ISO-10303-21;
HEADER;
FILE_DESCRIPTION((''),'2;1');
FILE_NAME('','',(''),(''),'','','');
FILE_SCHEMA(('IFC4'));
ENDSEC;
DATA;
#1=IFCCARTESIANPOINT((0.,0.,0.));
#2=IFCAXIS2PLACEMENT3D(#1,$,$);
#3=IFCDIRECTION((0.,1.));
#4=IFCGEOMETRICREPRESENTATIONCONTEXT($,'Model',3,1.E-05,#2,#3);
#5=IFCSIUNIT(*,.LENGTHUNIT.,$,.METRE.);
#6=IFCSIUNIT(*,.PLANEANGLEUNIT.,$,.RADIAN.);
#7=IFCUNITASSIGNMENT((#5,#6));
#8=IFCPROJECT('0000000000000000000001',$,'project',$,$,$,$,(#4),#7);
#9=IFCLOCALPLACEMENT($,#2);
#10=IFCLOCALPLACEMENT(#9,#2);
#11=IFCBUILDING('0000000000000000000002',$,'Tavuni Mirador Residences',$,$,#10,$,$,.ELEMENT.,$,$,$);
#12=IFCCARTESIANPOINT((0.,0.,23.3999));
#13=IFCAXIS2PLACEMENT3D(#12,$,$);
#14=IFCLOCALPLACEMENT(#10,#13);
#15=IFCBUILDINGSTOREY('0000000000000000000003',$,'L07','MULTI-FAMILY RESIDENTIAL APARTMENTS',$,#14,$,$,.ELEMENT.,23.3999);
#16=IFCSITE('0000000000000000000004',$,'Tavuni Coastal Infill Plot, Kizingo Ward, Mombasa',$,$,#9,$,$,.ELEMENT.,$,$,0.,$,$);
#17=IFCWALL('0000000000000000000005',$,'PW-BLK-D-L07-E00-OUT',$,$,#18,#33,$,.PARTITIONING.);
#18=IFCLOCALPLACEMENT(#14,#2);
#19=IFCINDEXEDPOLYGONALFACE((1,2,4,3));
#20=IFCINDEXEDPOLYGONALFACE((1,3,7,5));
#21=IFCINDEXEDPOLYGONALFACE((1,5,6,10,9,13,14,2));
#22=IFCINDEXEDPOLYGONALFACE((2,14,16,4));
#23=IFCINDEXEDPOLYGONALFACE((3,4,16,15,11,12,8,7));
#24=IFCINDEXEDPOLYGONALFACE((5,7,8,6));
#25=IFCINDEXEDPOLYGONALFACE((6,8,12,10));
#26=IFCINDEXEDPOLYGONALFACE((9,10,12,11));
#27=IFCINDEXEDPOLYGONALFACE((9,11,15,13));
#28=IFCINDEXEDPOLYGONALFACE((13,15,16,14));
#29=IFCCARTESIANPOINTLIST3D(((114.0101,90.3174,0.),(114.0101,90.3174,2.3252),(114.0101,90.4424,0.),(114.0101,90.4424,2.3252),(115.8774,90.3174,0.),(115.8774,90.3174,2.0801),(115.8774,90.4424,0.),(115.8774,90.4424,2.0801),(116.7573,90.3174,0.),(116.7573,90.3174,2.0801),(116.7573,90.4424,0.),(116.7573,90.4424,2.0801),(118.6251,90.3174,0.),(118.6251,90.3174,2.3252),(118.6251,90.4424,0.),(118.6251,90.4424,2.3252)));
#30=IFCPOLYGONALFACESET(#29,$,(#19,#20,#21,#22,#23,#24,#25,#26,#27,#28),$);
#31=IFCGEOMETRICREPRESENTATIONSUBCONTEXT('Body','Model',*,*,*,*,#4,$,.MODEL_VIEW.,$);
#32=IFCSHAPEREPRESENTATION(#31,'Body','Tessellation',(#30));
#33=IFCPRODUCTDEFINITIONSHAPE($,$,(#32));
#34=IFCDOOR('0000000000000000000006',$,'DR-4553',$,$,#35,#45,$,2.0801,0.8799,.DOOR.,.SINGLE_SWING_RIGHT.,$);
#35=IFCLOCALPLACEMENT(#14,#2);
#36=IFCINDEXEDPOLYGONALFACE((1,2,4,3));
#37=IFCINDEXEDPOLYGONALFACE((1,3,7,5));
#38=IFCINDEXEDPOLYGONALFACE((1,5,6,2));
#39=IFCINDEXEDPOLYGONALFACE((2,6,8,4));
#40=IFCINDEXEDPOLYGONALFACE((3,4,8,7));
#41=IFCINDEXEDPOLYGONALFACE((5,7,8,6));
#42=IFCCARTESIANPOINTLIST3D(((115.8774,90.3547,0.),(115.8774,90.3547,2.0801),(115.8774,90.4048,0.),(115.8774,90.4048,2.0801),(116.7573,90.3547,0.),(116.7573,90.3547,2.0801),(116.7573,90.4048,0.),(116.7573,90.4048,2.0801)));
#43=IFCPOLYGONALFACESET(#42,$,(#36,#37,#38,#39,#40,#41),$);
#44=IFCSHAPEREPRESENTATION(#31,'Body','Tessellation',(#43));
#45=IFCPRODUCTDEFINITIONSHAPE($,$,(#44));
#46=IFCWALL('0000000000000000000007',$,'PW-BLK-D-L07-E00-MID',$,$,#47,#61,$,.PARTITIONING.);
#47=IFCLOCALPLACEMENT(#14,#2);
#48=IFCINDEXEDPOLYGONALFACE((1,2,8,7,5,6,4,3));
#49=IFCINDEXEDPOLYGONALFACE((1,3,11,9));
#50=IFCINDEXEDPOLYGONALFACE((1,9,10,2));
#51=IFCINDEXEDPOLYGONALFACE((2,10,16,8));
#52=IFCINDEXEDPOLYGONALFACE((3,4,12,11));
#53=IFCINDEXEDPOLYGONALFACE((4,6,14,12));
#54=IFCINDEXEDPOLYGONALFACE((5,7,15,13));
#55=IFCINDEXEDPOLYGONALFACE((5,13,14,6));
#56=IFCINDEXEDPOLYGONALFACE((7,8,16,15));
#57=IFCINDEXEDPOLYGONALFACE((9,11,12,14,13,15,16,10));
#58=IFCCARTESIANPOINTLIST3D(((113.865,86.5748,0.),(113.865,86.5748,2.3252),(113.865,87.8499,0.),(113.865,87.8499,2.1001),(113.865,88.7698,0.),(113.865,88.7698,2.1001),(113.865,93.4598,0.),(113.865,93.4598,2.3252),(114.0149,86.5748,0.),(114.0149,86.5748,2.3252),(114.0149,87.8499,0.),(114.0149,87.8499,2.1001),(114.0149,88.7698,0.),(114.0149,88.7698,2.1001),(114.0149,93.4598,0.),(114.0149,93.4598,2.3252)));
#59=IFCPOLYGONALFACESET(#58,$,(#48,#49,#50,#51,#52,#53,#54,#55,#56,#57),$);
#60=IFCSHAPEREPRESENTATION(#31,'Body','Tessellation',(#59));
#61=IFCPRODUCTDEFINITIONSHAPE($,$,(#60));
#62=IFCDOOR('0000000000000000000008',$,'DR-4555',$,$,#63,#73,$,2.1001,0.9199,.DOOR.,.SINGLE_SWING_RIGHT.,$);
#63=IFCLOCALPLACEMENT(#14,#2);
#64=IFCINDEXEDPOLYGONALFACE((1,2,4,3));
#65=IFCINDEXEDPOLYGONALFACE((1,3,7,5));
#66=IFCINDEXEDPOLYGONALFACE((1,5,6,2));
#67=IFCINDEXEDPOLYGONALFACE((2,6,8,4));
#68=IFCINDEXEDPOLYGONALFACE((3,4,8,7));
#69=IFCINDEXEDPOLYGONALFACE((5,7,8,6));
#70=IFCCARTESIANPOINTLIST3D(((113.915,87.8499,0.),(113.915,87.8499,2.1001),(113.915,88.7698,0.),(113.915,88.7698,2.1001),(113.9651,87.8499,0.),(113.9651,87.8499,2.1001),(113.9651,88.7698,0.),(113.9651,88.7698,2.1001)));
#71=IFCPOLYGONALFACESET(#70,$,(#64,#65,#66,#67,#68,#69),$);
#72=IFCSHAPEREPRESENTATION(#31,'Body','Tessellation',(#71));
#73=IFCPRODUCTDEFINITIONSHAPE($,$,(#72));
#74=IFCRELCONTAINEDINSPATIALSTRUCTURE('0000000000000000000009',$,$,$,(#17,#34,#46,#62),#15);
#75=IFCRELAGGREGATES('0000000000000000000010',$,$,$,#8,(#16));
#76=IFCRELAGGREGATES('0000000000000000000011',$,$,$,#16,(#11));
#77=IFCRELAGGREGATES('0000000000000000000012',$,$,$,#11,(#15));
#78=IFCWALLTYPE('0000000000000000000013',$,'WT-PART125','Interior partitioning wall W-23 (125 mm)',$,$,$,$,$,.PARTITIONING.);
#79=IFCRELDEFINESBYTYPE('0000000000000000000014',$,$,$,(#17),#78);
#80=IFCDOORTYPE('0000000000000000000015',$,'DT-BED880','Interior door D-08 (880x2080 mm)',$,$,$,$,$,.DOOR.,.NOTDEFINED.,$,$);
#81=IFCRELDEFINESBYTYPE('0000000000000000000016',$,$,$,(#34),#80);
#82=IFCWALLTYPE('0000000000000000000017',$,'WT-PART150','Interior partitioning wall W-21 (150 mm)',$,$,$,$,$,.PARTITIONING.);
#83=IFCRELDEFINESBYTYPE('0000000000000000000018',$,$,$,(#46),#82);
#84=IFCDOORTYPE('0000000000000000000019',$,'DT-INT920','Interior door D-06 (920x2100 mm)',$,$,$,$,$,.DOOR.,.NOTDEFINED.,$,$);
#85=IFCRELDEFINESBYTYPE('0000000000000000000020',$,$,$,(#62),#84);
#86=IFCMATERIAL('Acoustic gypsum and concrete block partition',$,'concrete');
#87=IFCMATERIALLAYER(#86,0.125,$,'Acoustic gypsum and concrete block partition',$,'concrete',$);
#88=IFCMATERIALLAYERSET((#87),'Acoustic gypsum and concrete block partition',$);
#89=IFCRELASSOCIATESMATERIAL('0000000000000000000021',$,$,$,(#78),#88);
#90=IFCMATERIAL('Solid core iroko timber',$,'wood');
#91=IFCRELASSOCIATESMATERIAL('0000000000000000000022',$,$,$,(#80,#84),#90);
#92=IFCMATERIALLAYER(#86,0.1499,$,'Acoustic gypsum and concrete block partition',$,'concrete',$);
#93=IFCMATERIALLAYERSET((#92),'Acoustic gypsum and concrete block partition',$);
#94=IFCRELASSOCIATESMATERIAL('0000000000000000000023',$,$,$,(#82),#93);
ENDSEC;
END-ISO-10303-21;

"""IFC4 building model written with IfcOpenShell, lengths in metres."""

from ifc_helpers import new_model, si_unit, direction, frame, frame_2d, origin, place, context, subcontext, project, spatial, rectangle, extrude, material, layer, layer_set, type_object, element, fill, save


model = new_model("IFC4")

# Units and contexts
model_context = context("Model", 3, precision=1e-05, world=origin(), true_north=direction((0.0, 1.0)))
body_context = subcontext(model_context, "Body", "Model", "MODEL_VIEW")
ifc_project = project(units=[si_unit("LENGTHUNIT", "METRE"), si_unit("PLANEANGLEUNIT", "RADIAN")], contexts=[model_context])

# Site, building, storey
site_placement = place(None, origin())
site = spatial("IfcSite", under=ifc_project, at=site_placement, Name="Tavuni Coastal Infill Plot, Kizingo Ward, Mombasa", CompositionType="ELEMENT", RefElevation=0.0)
building_placement = place(site_placement, origin())
building = spatial("IfcBuilding", under=site, at=building_placement, Name="Tavuni Mirador Residences", CompositionType="ELEMENT")
storey_placement = place(building_placement, frame((0.0, 0.0, 23.3999)))
storey = spatial("IfcBuildingStorey", under=building, at=storey_placement, Name="L07", Description="MULTI-FAMILY RESIDENTIAL APARTMENTS", CompositionType="ELEMENT", Elevation=23.3999)

# Shared definitions
ifc_material_1 = material(Name="Solid core iroko timber", Category="wood")

# Walls, openings, doors
ifc_material_2 = material(Name="Acoustic gypsum and concrete block partition", Category="concrete")
ifc_layer_1 = layer(ifc_material_2, 0.125, Name="Acoustic gypsum and concrete block partition", Category="concrete")
ifc_layer_set_1 = layer_set([ifc_layer_1], Name="Acoustic gypsum and concrete block partition")
wall_type_1 = type_object("IfcWallType", Name="WT-PART125", Description="Interior partitioning wall W-23 (125 mm)", PredefinedType="PARTITIONING", material=ifc_layer_set_1)
wall_1_placement = place(storey_placement, frame((114.01, 90.3799, 0.0), z_axis=(0.0, 0.0, 1.0), x_axis=(1.0, 0.0, 0.0)))
wall_1 = element("IfcWall", 1, at=wall_1_placement, inside=storey, type_object=wall_type_1, Name="PW-BLK-D-L07-E00-OUT", PredefinedType="PARTITIONING", context=body_context, shape_type="SweptSolid", body=[
    extrude(rectangle(XDim=4.615, YDim=0.125, at=frame_2d((2.3076, 0.0))), origin(), (0.0, 0.0, 1.0), 2.3252),
])
opening_1_placement = place(wall_1_placement, frame((1.8674, 0.0, 0.0)))
opening_1 = element("IfcOpeningElement", 2, at=opening_1_placement, cuts=wall_1, PredefinedType="OPENING", context=body_context, shape_type="SweptSolid", body=[
    extrude(rectangle(XDim=0.8799, YDim=2.0801, at=frame_2d((0.4399, 1.04))), frame((0.0, 0.0725, 0.0), z_axis=(0.0, -1.0, 0.0), x_axis=(1.0, 0.0, 0.0)), (0.0, 0.0, 1.0), 0.145),
])
door_type_1 = type_object("IfcDoorType", Name="DT-BED880", Description="Interior door D-08 (880x2080 mm)", OperationType="NOTDEFINED", PredefinedType="DOOR", material=ifc_material_1)
door_1_placement = place(opening_1_placement, origin())
door_1 = element("IfcDoor", 3, at=door_1_placement, inside=storey, type_object=door_type_1, Name="DR-4553", OperationType="SINGLE_SWING_RIGHT", OverallHeight=2.0801, OverallWidth=0.8799, PredefinedType="DOOR", context=body_context, shape_type="SweptSolid", body=[
    extrude(rectangle(XDim=0.8799, YDim=2.0801, at=frame_2d((0.4399, 1.04))), frame((0.0, 0.0249, 0.0), z_axis=(0.0, -1.0, 0.0), x_axis=(1.0, 0.0, 0.0)), (0.0, 0.0, 1.0), 0.05),
])
fill(opening_1, door_1)
ifc_layer_2 = layer(ifc_material_2, 0.1499, Name="Acoustic gypsum and concrete block partition", Category="concrete")
ifc_layer_set_2 = layer_set([ifc_layer_2], Name="Acoustic gypsum and concrete block partition")
wall_type_2 = type_object("IfcWallType", Name="WT-PART150", Description="Interior partitioning wall W-21 (150 mm)", PredefinedType="PARTITIONING", material=ifc_layer_set_2)
wall_2_placement = place(storey_placement, frame((113.9399, 86.575, 0.0), z_axis=(0.0, 0.0, 1.0), x_axis=(0.0, 1.0, 0.0)))
wall_2 = element("IfcWall", 4, at=wall_2_placement, inside=storey, type_object=wall_type_2, Name="PW-BLK-D-L07-E00-MID", PredefinedType="PARTITIONING", context=body_context, shape_type="SweptSolid", body=[
    extrude(rectangle(XDim=6.885, YDim=0.1499, at=frame_2d((3.4424, 0.0))), origin(), (0.0, 0.0, 1.0), 2.3252),
])
opening_2_placement = place(wall_2_placement, frame((1.2749, 0.0, 0.0)))
opening_2 = element("IfcOpeningElement", 5, at=opening_2_placement, cuts=wall_2, PredefinedType="OPENING", context=body_context, shape_type="SweptSolid", body=[
    extrude(rectangle(XDim=0.9199, YDim=2.1001, at=frame_2d((0.46, 1.05))), frame((0.0, 0.085, 0.0), z_axis=(0.0, -1.0, 0.0), x_axis=(1.0, 0.0, 0.0)), (0.0, 0.0, 1.0), 0.1699),
])
door_type_2 = type_object("IfcDoorType", Name="DT-INT920", Description="Interior door D-06 (920x2100 mm)", OperationType="NOTDEFINED", PredefinedType="DOOR", material=ifc_material_1)
door_2_placement = place(opening_2_placement, origin())
door_2 = element("IfcDoor", 6, at=door_2_placement, inside=storey, type_object=door_type_2, Name="DR-4555", OperationType="SINGLE_SWING_RIGHT", OverallHeight=2.1001, OverallWidth=0.9199, PredefinedType="DOOR", context=body_context, shape_type="SweptSolid", body=[
    extrude(rectangle(XDim=0.9199, YDim=2.1001, at=frame_2d((0.46, 1.05))), frame((0.0, 0.0249, 0.0), z_axis=(0.0, -1.0, 0.0), x_axis=(1.0, 0.0, 0.0)), (0.0, 0.0, 1.0), 0.05),
])
fill(opening_2, door_2)

save(model, "model.ifc")
